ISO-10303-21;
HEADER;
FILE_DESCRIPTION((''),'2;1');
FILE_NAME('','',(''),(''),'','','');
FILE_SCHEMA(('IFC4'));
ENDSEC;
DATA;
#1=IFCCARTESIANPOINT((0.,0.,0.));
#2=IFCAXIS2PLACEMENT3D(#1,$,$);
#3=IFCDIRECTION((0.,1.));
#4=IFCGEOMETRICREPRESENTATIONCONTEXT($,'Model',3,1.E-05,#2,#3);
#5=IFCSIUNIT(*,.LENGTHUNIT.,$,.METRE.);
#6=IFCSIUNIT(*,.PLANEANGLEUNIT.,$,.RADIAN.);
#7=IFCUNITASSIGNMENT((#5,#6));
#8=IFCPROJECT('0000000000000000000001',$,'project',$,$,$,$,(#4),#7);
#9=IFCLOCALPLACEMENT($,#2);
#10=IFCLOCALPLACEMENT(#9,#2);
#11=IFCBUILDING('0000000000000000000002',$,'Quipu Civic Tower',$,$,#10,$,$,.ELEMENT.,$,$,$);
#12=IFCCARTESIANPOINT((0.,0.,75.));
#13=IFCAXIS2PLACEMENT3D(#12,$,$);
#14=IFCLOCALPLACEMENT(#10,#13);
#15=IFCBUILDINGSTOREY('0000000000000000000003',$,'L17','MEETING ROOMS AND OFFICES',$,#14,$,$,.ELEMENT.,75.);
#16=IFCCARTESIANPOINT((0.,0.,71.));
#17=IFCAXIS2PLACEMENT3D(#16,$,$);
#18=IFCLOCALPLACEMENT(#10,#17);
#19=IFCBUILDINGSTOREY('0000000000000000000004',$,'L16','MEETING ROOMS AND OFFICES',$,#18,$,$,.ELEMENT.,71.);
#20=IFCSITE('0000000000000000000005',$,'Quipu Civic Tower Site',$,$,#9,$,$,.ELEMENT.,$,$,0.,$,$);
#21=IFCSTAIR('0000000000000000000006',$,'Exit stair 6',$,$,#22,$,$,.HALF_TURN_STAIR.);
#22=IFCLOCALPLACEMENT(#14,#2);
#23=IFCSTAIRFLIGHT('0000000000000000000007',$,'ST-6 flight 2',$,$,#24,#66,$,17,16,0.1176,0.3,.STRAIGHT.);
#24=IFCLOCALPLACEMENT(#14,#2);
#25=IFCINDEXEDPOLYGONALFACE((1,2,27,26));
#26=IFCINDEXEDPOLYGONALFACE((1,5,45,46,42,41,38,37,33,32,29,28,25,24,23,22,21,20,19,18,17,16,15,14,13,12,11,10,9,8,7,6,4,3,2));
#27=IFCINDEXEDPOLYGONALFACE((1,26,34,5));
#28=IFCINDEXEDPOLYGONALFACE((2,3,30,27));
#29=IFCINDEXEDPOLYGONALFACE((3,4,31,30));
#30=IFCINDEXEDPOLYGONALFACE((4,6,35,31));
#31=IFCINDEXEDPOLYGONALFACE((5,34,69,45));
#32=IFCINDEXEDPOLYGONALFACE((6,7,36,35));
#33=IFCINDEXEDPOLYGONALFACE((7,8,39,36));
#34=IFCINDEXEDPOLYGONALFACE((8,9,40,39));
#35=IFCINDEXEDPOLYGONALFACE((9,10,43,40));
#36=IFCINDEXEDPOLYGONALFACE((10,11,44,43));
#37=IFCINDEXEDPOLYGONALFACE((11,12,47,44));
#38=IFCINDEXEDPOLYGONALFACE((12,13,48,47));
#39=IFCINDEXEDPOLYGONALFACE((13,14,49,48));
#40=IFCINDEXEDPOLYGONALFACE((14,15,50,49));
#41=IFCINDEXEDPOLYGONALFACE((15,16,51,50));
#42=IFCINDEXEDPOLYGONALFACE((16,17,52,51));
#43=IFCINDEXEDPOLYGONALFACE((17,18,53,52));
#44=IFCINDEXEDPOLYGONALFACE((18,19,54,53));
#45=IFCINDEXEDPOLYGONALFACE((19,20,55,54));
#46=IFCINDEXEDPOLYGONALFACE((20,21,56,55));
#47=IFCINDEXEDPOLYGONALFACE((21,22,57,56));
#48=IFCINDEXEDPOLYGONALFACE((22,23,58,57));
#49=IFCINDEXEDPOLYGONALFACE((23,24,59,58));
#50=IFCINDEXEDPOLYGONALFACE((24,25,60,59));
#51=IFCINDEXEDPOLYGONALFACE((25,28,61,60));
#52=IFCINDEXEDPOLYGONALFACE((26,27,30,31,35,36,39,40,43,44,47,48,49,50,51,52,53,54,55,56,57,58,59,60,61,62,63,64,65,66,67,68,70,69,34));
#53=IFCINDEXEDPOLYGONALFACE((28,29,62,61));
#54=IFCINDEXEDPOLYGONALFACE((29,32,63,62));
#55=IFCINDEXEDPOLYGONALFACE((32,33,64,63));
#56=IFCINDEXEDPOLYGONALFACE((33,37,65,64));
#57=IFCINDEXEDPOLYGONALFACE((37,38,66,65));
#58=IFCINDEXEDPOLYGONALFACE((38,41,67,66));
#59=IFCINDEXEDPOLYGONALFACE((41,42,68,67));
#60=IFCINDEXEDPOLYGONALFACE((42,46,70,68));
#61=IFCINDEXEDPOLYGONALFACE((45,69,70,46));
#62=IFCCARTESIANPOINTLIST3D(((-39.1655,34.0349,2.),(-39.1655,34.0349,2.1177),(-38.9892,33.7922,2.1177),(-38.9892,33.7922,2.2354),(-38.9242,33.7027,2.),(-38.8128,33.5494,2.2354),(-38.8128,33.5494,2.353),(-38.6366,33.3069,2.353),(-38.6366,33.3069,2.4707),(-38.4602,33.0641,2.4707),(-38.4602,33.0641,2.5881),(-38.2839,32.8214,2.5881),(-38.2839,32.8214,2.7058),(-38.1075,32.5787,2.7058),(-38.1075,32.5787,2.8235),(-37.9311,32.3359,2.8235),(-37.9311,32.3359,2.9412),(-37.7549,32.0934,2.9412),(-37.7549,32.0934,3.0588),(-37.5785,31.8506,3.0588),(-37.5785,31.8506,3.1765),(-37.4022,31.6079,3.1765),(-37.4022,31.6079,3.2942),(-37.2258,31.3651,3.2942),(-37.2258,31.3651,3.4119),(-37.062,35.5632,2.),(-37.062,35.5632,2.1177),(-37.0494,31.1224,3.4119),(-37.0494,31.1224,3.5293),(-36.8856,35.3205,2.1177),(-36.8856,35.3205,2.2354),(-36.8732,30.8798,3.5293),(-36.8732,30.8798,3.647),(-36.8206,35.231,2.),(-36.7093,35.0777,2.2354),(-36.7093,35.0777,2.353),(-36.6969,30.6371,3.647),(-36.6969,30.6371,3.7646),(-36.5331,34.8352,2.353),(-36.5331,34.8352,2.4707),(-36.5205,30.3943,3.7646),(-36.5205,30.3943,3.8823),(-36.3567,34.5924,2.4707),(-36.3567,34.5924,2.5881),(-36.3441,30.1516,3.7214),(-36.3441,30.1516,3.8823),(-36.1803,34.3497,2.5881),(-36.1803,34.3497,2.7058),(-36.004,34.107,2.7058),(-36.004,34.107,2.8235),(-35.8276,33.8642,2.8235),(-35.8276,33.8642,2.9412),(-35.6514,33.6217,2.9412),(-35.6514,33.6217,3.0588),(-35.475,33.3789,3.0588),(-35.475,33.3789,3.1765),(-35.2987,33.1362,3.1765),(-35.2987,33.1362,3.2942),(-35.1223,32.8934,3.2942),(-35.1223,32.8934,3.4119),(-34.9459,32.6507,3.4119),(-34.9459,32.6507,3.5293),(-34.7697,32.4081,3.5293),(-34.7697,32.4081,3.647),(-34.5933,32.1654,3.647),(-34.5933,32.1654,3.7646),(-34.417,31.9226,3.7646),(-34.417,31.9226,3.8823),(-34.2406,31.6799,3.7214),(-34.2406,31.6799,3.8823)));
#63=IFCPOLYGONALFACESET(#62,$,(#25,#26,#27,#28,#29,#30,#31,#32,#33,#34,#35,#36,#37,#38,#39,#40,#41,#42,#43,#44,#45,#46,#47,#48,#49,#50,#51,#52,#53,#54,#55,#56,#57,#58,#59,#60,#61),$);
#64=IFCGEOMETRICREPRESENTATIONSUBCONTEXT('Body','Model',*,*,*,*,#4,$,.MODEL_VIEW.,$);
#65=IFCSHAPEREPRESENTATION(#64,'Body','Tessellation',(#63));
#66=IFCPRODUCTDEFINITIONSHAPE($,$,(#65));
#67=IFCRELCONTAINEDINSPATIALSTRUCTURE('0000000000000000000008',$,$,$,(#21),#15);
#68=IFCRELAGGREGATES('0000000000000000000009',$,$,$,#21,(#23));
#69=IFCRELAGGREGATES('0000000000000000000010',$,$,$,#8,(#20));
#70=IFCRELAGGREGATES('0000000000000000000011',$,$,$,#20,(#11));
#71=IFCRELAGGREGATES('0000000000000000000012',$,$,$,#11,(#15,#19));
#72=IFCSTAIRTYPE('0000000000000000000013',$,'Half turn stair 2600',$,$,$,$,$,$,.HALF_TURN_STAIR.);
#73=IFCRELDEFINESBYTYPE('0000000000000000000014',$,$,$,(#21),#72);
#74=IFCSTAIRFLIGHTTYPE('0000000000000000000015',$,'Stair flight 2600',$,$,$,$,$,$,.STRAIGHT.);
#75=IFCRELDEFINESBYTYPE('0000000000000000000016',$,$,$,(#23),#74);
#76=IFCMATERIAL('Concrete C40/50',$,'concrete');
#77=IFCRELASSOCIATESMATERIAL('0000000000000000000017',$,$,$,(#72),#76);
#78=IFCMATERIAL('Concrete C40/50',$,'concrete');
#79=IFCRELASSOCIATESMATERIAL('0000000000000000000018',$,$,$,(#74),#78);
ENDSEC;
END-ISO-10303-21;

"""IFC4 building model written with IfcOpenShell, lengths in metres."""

from ifc_helpers import new_model, si_unit, direction, frame, origin, place, context, subcontext, project, spatial, polyline, outline, extrude, material, type_object, element, aggregate, save


model = new_model("IFC4")

# Units and contexts
model_context = context("Model", 3, precision=1e-05, world=origin(), true_north=direction((0.0, 1.0)))
body_context = subcontext(model_context, "Body", "Model", "MODEL_VIEW")
ifc_project = project(units=[si_unit("LENGTHUNIT", "METRE"), si_unit("PLANEANGLEUNIT", "RADIAN")], contexts=[model_context])

# Site, building, storey
site_placement = place(None, origin())
site = spatial("IfcSite", under=ifc_project, at=site_placement, Name="Quipu Civic Tower Site", CompositionType="ELEMENT", RefElevation=0.0)
building_placement = place(site_placement, origin())
building = spatial("IfcBuilding", under=site, at=building_placement, Name="Quipu Civic Tower", CompositionType="ELEMENT")
storey_1_placement = place(building_placement, frame((0.0, 0.0, 75.0)))
storey_1 = spatial("IfcBuildingStorey", under=building, at=storey_1_placement, Name="L17", Description="MEETING ROOMS AND OFFICES", CompositionType="ELEMENT", Elevation=75.0)

# Shared definitions
storey_2_placement = place(building_placement, frame((0.0, 0.0, 71.0)))
storey_2 = spatial("IfcBuildingStorey", under=building, at=storey_2_placement, Name="L16", Description="MEETING ROOMS AND OFFICES", CompositionType="ELEMENT", Elevation=71.0)

# Stair, stair flight
ifc_material_1 = material(Name="Concrete C40/50", Category="concrete")
stair_type = type_object("IfcStairType", Name="Half turn stair 2600", PredefinedType="HALF_TURN_STAIR", material=ifc_material_1)
stair_placement = place(storey_1_placement, origin())
stair = element("IfcStair", 1, at=stair_placement, inside=storey_1, type_object=stair_type, Name="Exit stair 6", PredefinedType="HALF_TURN_STAIR")
ifc_material_2 = material(Name="Concrete C40/50", Category="concrete")
stair_flight_type = type_object("IfcStairFlightType", Name="Stair flight 2600", PredefinedType="STRAIGHT", material=ifc_material_2)
stair_flight_1_placement = place(storey_1_placement, frame((-38.1138, 34.7991, 2.0), z_axis=(0.0, 0.0, 1.0), x_axis=(0.587785, -0.809017, 0.0)))
stair_flight_1 = element("IfcStairFlight", 2, at=stair_flight_1_placement, type_object=stair_flight_type, Name="ST-6 flight 2", NumberOfRisers=17, NumberOfTreads=16, PredefinedType="STRAIGHT", RiserHeight=0.1176, TreadLength=0.3, context=body_context, shape_type="SweptSolid", body=[
    extrude(outline(polyline([(0.0, 0.0), (0.0, 0.1177), (0.3, 0.1177), (0.3, 0.2354), (0.6001, 0.2354), (0.6001, 0.353), (0.8999, 0.353), (0.8999, 0.4707), (1.2, 0.4707), (1.2, 0.5881), (1.5, 0.5881), (1.5, 0.7058), (1.8, 0.7058), (1.8, 0.8235), (2.1001, 0.8235), (2.1001, 0.9412), (2.3999, 0.9412), (2.3999, 1.0588), (2.7, 1.0588), (2.7, 1.1765), (3.0, 1.1765), (3.0, 1.2942), (3.3, 1.2942), (3.3, 1.4119), (3.6001, 1.4119), (3.6001, 1.5293), (3.8999, 1.5293), (3.8999, 1.647), (4.2, 1.647), (4.2, 1.7646), (4.5, 1.7646), (4.5, 1.8823), (4.8, 1.8823), (4.8, 2.0), (4.8, 1.7214), (0.4106, 0.0), (0.0, 0.0)])), frame((0.0, 1.3, 0.0), z_axis=(0.0, -1.0, 0.0), x_axis=(1.0, 0.0, 0.0)), (0.0, 0.0, 1.0), 2.6001),
])
aggregate(stair, [stair_flight_1])

save(model, "model.ifc")
